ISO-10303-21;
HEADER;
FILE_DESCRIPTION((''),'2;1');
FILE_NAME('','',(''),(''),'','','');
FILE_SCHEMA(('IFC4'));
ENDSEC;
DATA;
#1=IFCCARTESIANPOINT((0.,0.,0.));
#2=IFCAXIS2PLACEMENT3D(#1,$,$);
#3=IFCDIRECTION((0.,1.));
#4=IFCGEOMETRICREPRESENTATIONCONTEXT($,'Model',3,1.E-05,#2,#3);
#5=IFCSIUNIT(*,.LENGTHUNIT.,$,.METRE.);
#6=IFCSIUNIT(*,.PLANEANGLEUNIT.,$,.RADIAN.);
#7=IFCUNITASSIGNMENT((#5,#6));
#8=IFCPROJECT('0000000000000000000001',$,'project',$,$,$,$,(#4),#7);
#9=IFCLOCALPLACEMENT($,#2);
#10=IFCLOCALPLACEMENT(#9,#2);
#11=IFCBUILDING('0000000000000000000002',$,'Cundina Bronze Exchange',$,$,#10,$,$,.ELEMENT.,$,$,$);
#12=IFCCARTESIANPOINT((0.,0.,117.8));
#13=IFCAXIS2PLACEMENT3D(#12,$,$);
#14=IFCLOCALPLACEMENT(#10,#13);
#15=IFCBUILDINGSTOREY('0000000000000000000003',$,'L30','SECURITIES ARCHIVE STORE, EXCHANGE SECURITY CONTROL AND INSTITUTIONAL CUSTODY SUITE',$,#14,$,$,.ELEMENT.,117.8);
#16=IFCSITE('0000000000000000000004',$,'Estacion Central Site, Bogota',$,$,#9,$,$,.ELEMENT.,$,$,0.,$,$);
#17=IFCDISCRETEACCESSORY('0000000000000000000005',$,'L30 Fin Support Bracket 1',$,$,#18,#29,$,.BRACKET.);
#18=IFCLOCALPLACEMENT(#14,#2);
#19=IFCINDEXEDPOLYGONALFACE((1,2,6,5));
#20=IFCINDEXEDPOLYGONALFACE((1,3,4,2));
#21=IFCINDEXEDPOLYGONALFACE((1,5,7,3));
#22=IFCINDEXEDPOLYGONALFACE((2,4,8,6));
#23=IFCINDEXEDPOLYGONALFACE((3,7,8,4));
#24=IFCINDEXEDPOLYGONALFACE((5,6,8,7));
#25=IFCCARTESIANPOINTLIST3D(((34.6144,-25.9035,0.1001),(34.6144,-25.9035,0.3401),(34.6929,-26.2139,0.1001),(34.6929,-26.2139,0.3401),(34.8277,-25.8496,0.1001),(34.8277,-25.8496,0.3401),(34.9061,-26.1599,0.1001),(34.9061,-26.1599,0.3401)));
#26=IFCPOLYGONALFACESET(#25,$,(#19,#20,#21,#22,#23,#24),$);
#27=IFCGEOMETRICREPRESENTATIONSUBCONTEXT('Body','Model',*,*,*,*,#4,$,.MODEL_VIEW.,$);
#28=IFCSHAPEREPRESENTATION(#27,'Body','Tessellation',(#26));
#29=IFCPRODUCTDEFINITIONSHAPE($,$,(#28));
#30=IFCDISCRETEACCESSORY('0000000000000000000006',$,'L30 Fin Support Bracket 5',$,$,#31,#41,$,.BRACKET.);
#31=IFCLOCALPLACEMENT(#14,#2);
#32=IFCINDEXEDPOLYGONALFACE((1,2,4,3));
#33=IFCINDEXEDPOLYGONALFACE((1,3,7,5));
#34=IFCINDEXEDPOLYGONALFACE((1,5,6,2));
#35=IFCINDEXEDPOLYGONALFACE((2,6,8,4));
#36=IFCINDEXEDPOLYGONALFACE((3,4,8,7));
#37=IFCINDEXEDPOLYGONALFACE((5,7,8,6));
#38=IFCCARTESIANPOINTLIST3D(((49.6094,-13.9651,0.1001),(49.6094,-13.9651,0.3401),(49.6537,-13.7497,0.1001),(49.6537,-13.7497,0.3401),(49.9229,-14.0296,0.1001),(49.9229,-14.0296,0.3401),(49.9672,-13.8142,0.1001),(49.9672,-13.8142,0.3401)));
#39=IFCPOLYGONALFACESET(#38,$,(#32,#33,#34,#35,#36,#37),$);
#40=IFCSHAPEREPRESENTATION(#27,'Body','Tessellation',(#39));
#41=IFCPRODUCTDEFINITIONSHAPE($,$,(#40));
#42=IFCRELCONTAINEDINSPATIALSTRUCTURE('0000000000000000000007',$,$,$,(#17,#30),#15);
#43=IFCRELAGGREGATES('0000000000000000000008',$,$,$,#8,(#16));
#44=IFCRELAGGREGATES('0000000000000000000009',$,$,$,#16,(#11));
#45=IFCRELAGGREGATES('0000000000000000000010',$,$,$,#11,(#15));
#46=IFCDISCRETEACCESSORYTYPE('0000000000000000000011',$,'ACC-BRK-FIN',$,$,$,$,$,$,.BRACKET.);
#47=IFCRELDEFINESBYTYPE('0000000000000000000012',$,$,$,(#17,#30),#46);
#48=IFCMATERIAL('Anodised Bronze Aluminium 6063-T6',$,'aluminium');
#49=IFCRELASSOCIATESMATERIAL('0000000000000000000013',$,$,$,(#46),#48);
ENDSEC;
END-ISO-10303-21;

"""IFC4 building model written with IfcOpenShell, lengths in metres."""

from ifc_helpers import new_model, si_unit, direction, frame, origin, origin_2d, place, context, subcontext, project, spatial, rectangle, extrude, material, type_object, element, save


model = new_model("IFC4")

# Units and contexts
model_context = context("Model", 3, precision=1e-05, world=origin(), true_north=direction((0.0, 1.0)))
body_context = subcontext(model_context, "Body", "Model", "MODEL_VIEW")
ifc_project = project(units=[si_unit("LENGTHUNIT", "METRE"), si_unit("PLANEANGLEUNIT", "RADIAN")], contexts=[model_context])

# Site, building, storey
site_placement = place(None, origin())
site = spatial("IfcSite", under=ifc_project, at=site_placement, Name="Estacion Central Site, Bogota", CompositionType="ELEMENT", RefElevation=0.0)
building_placement = place(site_placement, origin())
building = spatial("IfcBuilding", under=site, at=building_placement, Name="Cundina Bronze Exchange", CompositionType="ELEMENT")
storey_placement = place(building_placement, frame((0.0, 0.0, 117.8)))
storey = spatial("IfcBuildingStorey", under=building, at=storey_placement, Name="L30", Description="SECURITIES ARCHIVE STORE, EXCHANGE SECURITY CONTROL AND INSTITUTIONAL CUSTODY SUITE", CompositionType="ELEMENT", Elevation=117.8)

# Shared definitions
ifc_material_1 = material(Name="Anodised Bronze Aluminium 6063-T6", Category="aluminium")

# Discrete accessories
discrete_accessory_type = type_object("IfcDiscreteAccessoryType", Name="ACC-BRK-FIN", PredefinedType="BRACKET", material=ifc_material_1)
for number, where, z_axis, x_axis, name in (
    (1, (34.7603, -26.0317, 0.1001), (0.0, 0.0, 1.0), (0.969488, 0.245138, 0.0), "L30 Fin Support Bracket 1"),
    (2, (49.7883, -13.8896, 0.1001), (0.0, 0.0, 1.0), (0.20142, 0.979505, 0.0), "L30 Fin Support Bracket 5"),
):
    element("IfcDiscreteAccessory", number, at=place(storey_placement, frame(where, z_axis=z_axis, x_axis=x_axis)), inside=storey, type_object=discrete_accessory_type, Name=name, PredefinedType="BRACKET", context=body_context, shape_type="SweptSolid", body=[
        extrude(rectangle(XDim=0.22, YDim=0.3201, at=origin_2d()), origin(), (0.0, 0.0, 1.0), 0.24),
    ])

save(model, "model.ifc")
